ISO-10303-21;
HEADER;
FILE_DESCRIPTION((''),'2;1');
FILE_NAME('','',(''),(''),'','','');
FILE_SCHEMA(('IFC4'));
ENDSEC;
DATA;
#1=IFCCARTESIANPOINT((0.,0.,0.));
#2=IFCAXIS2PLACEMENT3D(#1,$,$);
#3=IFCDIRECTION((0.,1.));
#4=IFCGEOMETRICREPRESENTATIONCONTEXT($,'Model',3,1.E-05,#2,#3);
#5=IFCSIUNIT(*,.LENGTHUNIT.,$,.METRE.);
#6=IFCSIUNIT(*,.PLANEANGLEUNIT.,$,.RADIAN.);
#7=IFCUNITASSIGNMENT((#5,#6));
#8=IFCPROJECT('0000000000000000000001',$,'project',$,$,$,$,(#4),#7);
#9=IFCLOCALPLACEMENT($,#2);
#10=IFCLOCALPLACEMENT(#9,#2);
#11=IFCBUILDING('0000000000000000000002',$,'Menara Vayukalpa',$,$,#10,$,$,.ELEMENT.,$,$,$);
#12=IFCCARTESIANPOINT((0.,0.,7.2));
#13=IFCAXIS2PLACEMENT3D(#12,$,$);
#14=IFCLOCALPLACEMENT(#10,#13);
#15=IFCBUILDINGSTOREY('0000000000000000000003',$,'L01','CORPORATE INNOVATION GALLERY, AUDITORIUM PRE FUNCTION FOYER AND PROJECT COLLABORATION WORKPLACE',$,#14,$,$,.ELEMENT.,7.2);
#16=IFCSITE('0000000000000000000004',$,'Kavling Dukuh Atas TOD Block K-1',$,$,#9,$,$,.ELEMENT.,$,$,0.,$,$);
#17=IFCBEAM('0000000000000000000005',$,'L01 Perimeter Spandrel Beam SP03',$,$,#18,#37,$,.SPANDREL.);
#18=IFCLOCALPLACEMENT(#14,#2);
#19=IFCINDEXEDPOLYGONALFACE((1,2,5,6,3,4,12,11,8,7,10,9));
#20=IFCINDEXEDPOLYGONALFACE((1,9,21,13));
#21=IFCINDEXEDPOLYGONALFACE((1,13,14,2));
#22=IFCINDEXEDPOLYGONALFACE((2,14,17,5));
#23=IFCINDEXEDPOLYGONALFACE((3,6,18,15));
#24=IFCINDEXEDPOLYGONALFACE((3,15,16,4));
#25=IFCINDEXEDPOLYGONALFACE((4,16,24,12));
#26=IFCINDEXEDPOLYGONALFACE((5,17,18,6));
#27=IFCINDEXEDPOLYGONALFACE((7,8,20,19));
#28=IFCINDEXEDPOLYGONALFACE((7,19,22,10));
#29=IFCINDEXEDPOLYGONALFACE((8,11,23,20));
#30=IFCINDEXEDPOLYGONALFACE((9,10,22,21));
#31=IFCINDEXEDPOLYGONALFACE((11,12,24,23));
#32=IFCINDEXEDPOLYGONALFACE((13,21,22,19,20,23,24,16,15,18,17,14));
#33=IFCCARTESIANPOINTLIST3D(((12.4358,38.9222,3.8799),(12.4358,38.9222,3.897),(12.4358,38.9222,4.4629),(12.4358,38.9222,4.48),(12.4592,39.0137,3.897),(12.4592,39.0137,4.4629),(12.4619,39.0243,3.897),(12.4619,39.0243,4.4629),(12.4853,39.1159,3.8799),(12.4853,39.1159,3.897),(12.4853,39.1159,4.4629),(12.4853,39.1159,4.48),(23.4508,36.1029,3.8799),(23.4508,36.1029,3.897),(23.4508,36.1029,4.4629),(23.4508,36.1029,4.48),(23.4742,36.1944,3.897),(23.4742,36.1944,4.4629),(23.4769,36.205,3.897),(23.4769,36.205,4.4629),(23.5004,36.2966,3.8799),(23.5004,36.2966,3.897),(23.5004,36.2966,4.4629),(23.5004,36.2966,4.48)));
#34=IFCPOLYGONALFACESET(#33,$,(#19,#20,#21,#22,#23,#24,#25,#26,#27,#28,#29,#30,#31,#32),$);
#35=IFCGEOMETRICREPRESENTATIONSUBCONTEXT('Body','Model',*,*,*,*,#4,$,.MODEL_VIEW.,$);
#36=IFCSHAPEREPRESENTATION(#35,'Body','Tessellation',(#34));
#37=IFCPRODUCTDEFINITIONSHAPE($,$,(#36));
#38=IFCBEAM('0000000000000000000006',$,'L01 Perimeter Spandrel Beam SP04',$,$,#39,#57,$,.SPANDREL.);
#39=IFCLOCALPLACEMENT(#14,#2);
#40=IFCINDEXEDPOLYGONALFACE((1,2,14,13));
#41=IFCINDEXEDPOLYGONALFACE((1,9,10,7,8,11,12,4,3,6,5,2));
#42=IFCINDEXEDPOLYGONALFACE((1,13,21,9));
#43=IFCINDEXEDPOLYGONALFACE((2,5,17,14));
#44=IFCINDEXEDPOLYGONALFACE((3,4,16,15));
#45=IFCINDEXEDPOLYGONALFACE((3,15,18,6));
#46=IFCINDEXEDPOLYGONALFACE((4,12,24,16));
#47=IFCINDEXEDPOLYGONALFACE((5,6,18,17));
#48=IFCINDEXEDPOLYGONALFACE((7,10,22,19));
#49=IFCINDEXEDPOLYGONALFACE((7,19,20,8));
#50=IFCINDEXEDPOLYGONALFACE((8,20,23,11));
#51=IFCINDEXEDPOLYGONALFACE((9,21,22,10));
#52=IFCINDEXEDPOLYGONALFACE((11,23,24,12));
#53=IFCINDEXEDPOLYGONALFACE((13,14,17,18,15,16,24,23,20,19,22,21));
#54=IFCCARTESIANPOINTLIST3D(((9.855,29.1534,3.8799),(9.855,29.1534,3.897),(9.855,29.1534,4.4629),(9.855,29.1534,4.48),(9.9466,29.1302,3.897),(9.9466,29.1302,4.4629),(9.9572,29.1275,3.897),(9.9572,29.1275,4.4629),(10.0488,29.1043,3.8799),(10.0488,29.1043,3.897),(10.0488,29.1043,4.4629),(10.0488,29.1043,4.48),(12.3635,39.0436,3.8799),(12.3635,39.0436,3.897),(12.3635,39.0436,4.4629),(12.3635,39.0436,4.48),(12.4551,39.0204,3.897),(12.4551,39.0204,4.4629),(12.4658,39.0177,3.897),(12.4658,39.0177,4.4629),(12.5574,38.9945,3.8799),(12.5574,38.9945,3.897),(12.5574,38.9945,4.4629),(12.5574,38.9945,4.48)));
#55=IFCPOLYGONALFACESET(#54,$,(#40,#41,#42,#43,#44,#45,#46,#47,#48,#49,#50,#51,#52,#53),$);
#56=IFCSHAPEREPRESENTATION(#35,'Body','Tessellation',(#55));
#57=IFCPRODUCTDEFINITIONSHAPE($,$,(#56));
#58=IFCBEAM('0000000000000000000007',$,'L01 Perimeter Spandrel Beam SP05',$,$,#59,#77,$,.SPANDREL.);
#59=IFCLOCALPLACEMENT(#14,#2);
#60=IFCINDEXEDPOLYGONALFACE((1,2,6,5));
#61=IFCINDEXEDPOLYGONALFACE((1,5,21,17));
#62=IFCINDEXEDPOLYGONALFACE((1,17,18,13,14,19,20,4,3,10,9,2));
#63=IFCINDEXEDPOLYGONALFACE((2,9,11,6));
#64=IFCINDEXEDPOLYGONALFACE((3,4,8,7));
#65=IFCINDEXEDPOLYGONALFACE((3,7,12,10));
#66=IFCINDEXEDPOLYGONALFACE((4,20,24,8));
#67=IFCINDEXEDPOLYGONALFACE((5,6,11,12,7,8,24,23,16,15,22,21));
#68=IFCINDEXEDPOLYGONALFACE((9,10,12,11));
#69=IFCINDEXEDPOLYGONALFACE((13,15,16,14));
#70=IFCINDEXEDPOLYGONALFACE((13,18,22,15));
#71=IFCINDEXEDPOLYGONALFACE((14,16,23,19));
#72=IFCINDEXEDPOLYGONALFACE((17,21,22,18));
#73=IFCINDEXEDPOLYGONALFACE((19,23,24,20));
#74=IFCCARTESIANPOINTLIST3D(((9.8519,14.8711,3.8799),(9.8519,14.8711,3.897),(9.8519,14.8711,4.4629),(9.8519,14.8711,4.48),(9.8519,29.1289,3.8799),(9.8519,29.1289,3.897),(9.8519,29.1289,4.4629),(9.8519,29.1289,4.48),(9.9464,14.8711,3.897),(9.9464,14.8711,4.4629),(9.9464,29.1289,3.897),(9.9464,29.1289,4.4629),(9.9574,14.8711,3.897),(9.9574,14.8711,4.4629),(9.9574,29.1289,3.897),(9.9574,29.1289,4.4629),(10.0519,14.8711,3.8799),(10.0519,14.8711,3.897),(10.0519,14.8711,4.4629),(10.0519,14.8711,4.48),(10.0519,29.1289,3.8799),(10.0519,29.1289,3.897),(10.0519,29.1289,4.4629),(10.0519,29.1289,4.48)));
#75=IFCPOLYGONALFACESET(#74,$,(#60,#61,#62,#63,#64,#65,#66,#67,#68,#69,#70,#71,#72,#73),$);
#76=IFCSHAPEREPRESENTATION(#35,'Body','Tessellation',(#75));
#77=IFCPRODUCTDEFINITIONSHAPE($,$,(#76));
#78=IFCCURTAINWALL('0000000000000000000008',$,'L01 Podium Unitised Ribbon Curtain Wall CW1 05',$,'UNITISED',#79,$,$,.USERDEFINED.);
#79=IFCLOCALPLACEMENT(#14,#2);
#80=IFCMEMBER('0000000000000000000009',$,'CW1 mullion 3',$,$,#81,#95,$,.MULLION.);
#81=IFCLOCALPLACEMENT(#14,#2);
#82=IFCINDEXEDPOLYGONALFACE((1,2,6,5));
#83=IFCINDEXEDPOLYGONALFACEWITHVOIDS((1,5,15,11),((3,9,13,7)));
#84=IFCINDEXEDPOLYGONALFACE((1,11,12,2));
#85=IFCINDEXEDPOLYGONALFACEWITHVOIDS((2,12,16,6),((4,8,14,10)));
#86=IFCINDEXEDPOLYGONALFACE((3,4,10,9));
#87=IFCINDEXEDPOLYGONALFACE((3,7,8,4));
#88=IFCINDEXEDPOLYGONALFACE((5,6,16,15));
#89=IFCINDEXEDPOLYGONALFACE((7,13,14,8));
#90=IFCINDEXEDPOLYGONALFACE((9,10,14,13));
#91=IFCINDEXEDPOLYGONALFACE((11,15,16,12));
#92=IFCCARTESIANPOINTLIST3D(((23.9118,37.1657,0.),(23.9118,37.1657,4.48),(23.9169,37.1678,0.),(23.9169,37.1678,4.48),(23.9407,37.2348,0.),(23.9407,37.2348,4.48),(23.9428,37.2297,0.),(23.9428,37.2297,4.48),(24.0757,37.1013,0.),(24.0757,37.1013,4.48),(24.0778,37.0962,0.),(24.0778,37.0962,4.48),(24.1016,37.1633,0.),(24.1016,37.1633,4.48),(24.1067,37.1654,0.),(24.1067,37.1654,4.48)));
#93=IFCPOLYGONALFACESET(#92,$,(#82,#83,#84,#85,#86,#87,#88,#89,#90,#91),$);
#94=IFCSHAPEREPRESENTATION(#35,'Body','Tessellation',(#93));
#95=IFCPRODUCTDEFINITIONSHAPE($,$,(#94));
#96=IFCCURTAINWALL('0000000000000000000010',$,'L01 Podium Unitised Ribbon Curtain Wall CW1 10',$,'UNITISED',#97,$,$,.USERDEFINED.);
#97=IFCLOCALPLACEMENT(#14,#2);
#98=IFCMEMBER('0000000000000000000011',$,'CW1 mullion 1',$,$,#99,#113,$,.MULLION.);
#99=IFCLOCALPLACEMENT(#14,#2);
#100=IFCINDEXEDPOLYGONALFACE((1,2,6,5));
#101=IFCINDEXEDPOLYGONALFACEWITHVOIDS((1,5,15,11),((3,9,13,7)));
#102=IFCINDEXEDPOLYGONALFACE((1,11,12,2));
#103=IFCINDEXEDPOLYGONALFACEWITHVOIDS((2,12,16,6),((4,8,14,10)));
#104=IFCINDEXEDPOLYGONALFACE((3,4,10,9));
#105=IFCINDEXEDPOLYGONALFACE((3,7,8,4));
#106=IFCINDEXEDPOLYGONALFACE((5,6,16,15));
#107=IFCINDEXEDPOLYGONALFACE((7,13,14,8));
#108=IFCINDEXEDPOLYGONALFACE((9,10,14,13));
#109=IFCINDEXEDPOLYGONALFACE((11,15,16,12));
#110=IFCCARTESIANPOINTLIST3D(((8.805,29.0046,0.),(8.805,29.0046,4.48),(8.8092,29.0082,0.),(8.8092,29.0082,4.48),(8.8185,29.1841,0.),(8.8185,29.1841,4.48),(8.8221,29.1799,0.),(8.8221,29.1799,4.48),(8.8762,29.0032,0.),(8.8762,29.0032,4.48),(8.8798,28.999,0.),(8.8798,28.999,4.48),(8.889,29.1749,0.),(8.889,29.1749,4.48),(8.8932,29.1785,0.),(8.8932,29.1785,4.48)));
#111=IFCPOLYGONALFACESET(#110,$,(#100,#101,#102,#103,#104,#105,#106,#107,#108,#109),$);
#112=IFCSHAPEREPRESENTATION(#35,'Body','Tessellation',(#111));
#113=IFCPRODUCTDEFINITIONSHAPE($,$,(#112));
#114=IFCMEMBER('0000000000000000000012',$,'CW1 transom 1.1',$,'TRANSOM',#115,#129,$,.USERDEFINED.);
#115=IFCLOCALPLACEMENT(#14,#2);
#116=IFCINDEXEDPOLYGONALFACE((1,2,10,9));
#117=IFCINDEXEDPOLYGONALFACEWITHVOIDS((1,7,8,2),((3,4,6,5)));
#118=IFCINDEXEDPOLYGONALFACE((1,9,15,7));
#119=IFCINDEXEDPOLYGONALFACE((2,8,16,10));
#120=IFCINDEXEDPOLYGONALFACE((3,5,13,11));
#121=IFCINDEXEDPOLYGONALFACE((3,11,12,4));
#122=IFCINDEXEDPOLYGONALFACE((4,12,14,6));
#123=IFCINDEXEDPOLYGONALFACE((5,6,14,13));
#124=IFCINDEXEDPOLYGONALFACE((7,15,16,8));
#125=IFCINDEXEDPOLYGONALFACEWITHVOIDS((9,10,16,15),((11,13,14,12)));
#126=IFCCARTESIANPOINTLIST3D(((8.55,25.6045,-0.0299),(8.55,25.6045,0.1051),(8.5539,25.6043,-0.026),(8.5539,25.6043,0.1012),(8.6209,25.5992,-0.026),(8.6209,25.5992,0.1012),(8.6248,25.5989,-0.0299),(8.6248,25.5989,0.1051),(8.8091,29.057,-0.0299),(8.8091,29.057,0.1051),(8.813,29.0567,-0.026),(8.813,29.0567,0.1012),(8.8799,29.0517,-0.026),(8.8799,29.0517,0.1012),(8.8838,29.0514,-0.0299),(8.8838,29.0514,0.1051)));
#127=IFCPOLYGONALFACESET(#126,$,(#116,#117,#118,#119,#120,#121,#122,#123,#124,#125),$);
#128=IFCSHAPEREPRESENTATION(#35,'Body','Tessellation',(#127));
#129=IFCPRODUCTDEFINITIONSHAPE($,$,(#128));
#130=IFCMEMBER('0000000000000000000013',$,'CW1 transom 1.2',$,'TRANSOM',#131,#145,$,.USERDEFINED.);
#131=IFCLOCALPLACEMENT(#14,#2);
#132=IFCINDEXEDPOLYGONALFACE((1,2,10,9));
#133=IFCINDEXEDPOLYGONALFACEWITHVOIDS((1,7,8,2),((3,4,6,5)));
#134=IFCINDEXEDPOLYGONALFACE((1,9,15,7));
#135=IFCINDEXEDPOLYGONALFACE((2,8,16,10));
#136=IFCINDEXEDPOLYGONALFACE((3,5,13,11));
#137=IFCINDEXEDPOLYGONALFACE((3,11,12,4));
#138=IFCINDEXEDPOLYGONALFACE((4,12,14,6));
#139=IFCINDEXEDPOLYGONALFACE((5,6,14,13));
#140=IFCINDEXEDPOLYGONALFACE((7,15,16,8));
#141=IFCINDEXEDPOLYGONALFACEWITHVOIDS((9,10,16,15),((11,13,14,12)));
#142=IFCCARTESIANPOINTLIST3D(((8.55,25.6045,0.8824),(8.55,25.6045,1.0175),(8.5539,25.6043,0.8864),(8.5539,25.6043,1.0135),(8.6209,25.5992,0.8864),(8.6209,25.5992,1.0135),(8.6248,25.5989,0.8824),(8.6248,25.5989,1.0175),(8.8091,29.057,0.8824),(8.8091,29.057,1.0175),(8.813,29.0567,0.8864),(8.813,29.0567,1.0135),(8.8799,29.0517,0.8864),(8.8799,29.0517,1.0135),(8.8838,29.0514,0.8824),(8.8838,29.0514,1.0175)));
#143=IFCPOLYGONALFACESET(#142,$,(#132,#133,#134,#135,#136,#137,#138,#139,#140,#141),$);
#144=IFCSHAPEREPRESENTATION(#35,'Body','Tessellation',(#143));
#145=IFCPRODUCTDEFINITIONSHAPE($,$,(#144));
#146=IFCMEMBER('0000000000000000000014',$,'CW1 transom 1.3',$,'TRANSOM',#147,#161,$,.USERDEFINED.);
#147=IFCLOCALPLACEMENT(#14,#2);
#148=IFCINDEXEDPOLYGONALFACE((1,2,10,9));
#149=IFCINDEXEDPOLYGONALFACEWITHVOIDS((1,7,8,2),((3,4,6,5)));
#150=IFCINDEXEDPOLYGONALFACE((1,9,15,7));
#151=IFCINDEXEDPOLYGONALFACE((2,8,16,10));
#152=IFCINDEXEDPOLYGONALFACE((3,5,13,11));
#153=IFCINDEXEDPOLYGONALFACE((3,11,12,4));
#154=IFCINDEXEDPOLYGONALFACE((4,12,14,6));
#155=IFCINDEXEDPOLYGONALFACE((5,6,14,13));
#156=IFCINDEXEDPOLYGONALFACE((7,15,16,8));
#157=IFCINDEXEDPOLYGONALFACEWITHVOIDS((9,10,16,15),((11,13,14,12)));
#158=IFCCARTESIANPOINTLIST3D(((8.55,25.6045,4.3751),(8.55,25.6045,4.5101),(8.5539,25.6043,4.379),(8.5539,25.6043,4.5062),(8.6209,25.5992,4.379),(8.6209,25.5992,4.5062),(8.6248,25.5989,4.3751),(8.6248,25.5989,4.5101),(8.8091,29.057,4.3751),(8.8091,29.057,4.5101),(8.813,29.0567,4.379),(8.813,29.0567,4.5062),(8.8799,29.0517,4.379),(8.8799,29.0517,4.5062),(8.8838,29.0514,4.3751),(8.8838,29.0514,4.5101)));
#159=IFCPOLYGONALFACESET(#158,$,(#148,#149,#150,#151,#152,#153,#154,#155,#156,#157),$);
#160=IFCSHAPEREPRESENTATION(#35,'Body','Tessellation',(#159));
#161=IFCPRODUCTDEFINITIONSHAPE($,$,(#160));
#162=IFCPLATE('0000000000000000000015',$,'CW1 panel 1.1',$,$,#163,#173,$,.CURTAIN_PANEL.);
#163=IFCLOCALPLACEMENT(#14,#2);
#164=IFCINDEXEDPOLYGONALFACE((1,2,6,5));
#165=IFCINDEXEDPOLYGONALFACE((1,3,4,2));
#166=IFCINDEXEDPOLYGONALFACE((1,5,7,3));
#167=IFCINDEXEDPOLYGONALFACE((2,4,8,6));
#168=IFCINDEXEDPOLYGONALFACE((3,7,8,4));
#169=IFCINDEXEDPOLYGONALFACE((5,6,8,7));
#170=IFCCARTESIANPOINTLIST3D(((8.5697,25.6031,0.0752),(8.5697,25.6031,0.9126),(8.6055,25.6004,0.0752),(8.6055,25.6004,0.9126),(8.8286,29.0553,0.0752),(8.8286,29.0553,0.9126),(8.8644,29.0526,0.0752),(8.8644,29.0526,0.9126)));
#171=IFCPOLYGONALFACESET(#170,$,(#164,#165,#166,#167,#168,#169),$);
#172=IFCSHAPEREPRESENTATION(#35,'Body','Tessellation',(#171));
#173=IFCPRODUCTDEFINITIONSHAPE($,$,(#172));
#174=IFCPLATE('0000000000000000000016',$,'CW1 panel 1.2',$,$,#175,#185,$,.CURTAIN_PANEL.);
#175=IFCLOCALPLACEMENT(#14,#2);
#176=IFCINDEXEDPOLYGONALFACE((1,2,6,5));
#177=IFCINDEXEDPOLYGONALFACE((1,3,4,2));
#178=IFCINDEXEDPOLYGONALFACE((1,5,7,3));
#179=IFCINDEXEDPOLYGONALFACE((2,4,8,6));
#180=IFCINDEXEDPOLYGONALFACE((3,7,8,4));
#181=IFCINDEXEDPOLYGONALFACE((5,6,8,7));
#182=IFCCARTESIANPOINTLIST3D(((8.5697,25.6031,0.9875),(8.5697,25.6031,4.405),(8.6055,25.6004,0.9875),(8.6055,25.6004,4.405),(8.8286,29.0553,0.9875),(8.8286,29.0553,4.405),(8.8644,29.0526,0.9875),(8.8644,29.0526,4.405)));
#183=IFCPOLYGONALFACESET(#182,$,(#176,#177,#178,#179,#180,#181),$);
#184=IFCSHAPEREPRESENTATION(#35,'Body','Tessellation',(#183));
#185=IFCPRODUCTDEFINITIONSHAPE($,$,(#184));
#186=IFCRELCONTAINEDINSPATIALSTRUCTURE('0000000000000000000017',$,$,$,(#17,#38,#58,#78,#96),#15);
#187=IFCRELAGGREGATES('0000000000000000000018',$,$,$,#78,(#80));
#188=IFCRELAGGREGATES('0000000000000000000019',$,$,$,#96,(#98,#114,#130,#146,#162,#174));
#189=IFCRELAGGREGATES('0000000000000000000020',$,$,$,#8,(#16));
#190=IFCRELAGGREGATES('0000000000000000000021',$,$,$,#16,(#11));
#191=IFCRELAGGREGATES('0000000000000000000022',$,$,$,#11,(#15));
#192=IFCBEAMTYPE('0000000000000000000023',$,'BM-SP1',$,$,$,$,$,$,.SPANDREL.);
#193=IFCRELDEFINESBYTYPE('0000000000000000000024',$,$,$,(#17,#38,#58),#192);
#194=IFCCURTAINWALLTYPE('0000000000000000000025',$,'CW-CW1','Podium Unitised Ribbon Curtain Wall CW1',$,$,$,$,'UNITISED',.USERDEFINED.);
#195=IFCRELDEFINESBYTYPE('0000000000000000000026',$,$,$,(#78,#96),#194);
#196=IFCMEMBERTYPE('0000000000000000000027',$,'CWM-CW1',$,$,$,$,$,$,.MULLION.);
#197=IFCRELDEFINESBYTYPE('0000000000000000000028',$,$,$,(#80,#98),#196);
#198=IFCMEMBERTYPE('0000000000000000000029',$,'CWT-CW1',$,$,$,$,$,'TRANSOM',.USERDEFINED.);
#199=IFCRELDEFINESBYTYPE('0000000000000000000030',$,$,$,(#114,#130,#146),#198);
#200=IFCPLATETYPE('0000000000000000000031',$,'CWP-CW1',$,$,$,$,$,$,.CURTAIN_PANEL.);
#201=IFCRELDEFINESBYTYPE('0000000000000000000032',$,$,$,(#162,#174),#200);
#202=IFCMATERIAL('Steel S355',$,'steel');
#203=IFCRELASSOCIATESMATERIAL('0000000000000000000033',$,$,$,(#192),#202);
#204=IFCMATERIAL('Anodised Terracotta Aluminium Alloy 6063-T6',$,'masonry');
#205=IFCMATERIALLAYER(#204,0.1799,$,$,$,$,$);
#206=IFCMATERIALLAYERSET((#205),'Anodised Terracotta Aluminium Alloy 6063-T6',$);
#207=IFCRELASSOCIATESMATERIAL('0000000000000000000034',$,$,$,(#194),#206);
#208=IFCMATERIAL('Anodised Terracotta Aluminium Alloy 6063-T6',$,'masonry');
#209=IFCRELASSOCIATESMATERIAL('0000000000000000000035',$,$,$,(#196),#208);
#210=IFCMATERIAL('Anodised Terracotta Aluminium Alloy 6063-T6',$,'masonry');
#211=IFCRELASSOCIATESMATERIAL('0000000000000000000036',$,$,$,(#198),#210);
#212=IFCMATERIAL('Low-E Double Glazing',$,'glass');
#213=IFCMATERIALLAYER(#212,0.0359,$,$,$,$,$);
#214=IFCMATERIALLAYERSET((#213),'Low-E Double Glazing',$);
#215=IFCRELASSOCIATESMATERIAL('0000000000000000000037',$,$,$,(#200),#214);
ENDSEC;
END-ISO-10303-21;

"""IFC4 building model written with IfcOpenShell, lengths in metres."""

from ifc_helpers import new_model, si_unit, direction, frame, origin, origin_2d, place, context, subcontext, project, spatial, rectangle, hollow_rectangle, i_section, extrude, material, layer, layer_set, material_profile, profile_set, type_object, element, aggregate, save


model = new_model("IFC4")

# Units and contexts
model_context = context("Model", 3, precision=1e-05, world=origin(), true_north=direction((0.0, 1.0)))
body_context = subcontext(model_context, "Body", "Model", "MODEL_VIEW")
ifc_project = project(units=[si_unit("LENGTHUNIT", "METRE"), si_unit("PLANEANGLEUNIT", "RADIAN")], contexts=[model_context])

# Site, building, storey
site_placement = place(None, origin())
site = spatial("IfcSite", under=ifc_project, at=site_placement, Name="Kavling Dukuh Atas TOD Block K-1", CompositionType="ELEMENT", RefElevation=0.0)
building_placement = place(site_placement, origin())
building = spatial("IfcBuilding", under=site, at=building_placement, Name="Menara Vayukalpa", CompositionType="ELEMENT")
storey_placement = place(building_placement, frame((0.0, 0.0, 7.2)))
storey = spatial("IfcBuildingStorey", under=building, at=storey_placement, Name="L01", Description="CORPORATE INNOVATION GALLERY, AUDITORIUM PRE FUNCTION FOYER AND PROJECT COLLABORATION WORKPLACE", CompositionType="ELEMENT", Elevation=7.2)

# Beams
ifc_material_1 = material(Name="Steel S355", Category="steel")
ifc_material_profile_1 = material_profile(ifc_material_1, i_section(OverallWidth=0.2, OverallDepth=0.6001, WebThickness=0.011, FlangeThickness=0.0171, at=origin_2d()), Name="WF 600x200x11x17")
ifc_profile_set_1 = profile_set([ifc_material_profile_1], Name="Steel S355")
beam_type_1 = type_object("IfcBeamType", Name="BM-SP1", PredefinedType="SPANDREL", material=ifc_profile_set_1)
beam_1_placement = place(storey_placement, frame((23.4756, 36.1997, 4.1799), z_axis=(-0.968771, 0.247958, 0.0), x_axis=(-0.247958, -0.968771, 0.0)))
element("IfcBeam", 1, at=beam_1_placement, inside=storey, type_object=beam_type_1, Name="L01 Perimeter Spandrel Beam SP03", PredefinedType="SPANDREL", context=body_context, shape_type="SweptSolid", body=[
    extrude(i_section(OverallWidth=0.2, OverallDepth=0.6001, WebThickness=0.011, FlangeThickness=0.0171, at=origin_2d()), origin(), (0.0, 0.0, 1.0), 11.3701),
])
beam_2_placement = place(storey_placement, frame((12.4604, 39.019, 4.1799), z_axis=(-0.245856, -0.969306, 0.0), x_axis=(0.969306, -0.245856, 0.0)))
element("IfcBeam", 2, at=beam_2_placement, inside=storey, type_object=beam_type_1, Name="L01 Perimeter Spandrel Beam SP04", PredefinedType="SPANDREL", context=body_context, shape_type="SweptSolid", body=[
    extrude(i_section(OverallWidth=0.2, OverallDepth=0.6001, WebThickness=0.011, FlangeThickness=0.0171, at=origin_2d()), origin(), (0.0, 0.0, 1.0), 10.2034),
])
beam_3_placement = place(storey_placement, frame((9.9519, 29.1289, 4.1799), z_axis=(0.0, -1.0, 0.0), x_axis=(1.0, 0.0, 0.0)))
element("IfcBeam", 3, at=beam_3_placement, inside=storey, type_object=beam_type_1, Name="L01 Perimeter Spandrel Beam SP05", PredefinedType="SPANDREL", context=body_context, shape_type="SweptSolid", body=[
    extrude(i_section(OverallWidth=0.2, OverallDepth=0.6001, WebThickness=0.011, FlangeThickness=0.0171, at=origin_2d()), origin(), (0.0, 0.0, 1.0), 14.2578),
])

# Curtain wall, member
ifc_material_2 = material(Name="Anodised Terracotta Aluminium Alloy 6063-T6", Category="masonry")
ifc_layer_1 = layer(ifc_material_2, 0.1799)
ifc_layer_set_1 = layer_set([ifc_layer_1], Name="Anodised Terracotta Aluminium Alloy 6063-T6")
curtain_wall_type = type_object("IfcCurtainWallType", Name="CW-CW1", Description="Podium Unitised Ribbon Curtain Wall CW1", ElementType="UNITISED", PredefinedType="USERDEFINED", material=ifc_layer_set_1)
curtain_wall_1_placement = place(storey_placement, origin())
curtain_wall_1 = element("IfcCurtainWall", 4, at=curtain_wall_1_placement, inside=storey, type_object=curtain_wall_type, Name="L01 Podium Unitised Ribbon Curtain Wall CW1 05", ObjectType="UNITISED", PredefinedType="USERDEFINED")
ifc_material_3 = material(Name="Anodised Terracotta Aluminium Alloy 6063-T6", Category="masonry")
ifc_material_profile_2 = material_profile(ifc_material_3, hollow_rectangle(XDim=0.075, YDim=0.1799, WallThickness=0.0039, at=origin_2d()), Name="ALU 75x180x4")
ifc_profile_set_2 = profile_set([ifc_material_profile_2], Name="Anodised Terracotta Aluminium Alloy 6063-T6")
member_type_1 = type_object("IfcMemberType", Name="CWM-CW1", PredefinedType="MULLION", material=ifc_profile_set_2)
member_1_placement = place(storey_placement, frame((24.0093, 37.1655, 0.0), z_axis=(0.0, 0.0, 1.0), x_axis=(-0.385891, -0.922545, 0.0)))
member_1 = element("IfcMember", 5, at=member_1_placement, type_object=member_type_1, Name="CW1 mullion 3", PredefinedType="MULLION", context=body_context, shape_type="SweptSolid", body=[
    extrude(hollow_rectangle(XDim=0.075, YDim=0.1799, WallThickness=0.0039, at=origin_2d()), origin(), (0.0, 0.0, 1.0), 4.48),
])
aggregate(curtain_wall_1, [member_1])

# Curtain wall, members, plates
curtain_wall_2_placement = place(storey_placement, origin())
curtain_wall_2 = element("IfcCurtainWall", 6, at=curtain_wall_2_placement, inside=storey, type_object=curtain_wall_type, Name="L01 Podium Unitised Ribbon Curtain Wall CW1 10", ObjectType="UNITISED", PredefinedType="USERDEFINED")
member_2_placement = place(storey_placement, frame((8.8491, 29.0916, 0.0), z_axis=(0.0, 0.0, 1.0), x_axis=(0.997199, -0.074794, 0.0)))
member_2 = element("IfcMember", 7, at=member_2_placement, type_object=member_type_1, Name="CW1 mullion 1", PredefinedType="MULLION", context=body_context, shape_type="SweptSolid", body=[
    extrude(hollow_rectangle(XDim=0.075, YDim=0.1799, WallThickness=0.0039, at=origin_2d()), origin(), (0.0, 0.0, 1.0), 4.48),
])
ifc_material_4 = material(Name="Anodised Terracotta Aluminium Alloy 6063-T6", Category="masonry")
ifc_material_profile_3 = material_profile(ifc_material_4, hollow_rectangle(XDim=0.075, YDim=0.135, WallThickness=0.0039, at=origin_2d()), Name="ALU 75x135x4")
ifc_profile_set_3 = profile_set([ifc_material_profile_3], Name="Anodised Terracotta Aluminium Alloy 6063-T6")
member_type_2 = type_object("IfcMemberType", Name="CWT-CW1", ElementType="TRANSOM", PredefinedType="USERDEFINED", material=ifc_profile_set_3)
member_3_placement = place(storey_placement, frame((8.8464, 29.0542, 0.0376), z_axis=(-0.07482, -0.997197, 0.0), x_axis=(0.997197, -0.07482, 0.0)))
member_3 = element("IfcMember", 8, at=member_3_placement, type_object=member_type_2, Name="CW1 transom 1.1", ObjectType="TRANSOM", PredefinedType="USERDEFINED", context=body_context, shape_type="SweptSolid", body=[
    extrude(hollow_rectangle(XDim=0.075, YDim=0.135, WallThickness=0.0039, at=origin_2d()), origin(), (0.0, 0.0, 1.0), 3.4622),
])
member_4_placement = place(storey_placement, frame((8.8464, 29.0542, 0.95), z_axis=(-0.07482, -0.997197, 0.0), x_axis=(0.997197, -0.07482, 0.0)))
member_4 = element("IfcMember", 9, at=member_4_placement, type_object=member_type_2, Name="CW1 transom 1.2", ObjectType="TRANSOM", PredefinedType="USERDEFINED", context=body_context, shape_type="SweptSolid", body=[
    extrude(hollow_rectangle(XDim=0.075, YDim=0.135, WallThickness=0.0039, at=origin_2d()), origin(), (0.0, 0.0, 1.0), 3.4622),
])
member_5_placement = place(storey_placement, frame((8.8464, 29.0542, 4.4426), z_axis=(-0.07482, -0.997197, 0.0), x_axis=(0.997197, -0.07482, 0.0)))
member_5 = element("IfcMember", 10, at=member_5_placement, type_object=member_type_2, Name="CW1 transom 1.3", ObjectType="TRANSOM", PredefinedType="USERDEFINED", context=body_context, shape_type="SweptSolid", body=[
    extrude(hollow_rectangle(XDim=0.075, YDim=0.135, WallThickness=0.0039, at=origin_2d()), origin(), (0.0, 0.0, 1.0), 3.4622),
])
ifc_material_5 = material(Name="Low-E Double Glazing", Category="glass")
ifc_layer_2 = layer(ifc_material_5, 0.0359)
ifc_layer_set_2 = layer_set([ifc_layer_2], Name="Low-E Double Glazing")
plate_type = type_object("IfcPlateType", Name="CWP-CW1", PredefinedType="CURTAIN_PANEL", material=ifc_layer_set_2)
plate_1_placement = place(storey_placement, frame((8.717, 27.3279, 0.0752), z_axis=(0.0, 0.0, 1.0), x_axis=(-0.074794, -0.997199, 0.0)))
plate_1 = element("IfcPlate", 11, at=plate_1_placement, type_object=plate_type, Name="CW1 panel 1.1", PredefinedType="CURTAIN_PANEL", context=body_context, shape_type="SweptSolid", body=[
    extrude(rectangle(XDim=3.4619, YDim=0.0359, at=origin_2d()), origin(), (0.0, 0.0, 1.0), 0.8374),
])
plate_2_placement = place(storey_placement, frame((8.717, 27.3279, 0.9875), z_axis=(0.0, 0.0, 1.0), x_axis=(-0.074794, -0.997199, 0.0)))
plate_2 = element("IfcPlate", 12, at=plate_2_placement, type_object=plate_type, Name="CW1 panel 1.2", PredefinedType="CURTAIN_PANEL", context=body_context, shape_type="SweptSolid", body=[
    extrude(rectangle(XDim=3.4619, YDim=0.0359, at=origin_2d()), origin(), (0.0, 0.0, 1.0), 3.4175),
])
aggregate(curtain_wall_2, [member_2, member_3, member_4, member_5, plate_1, plate_2])

save(model, "model.ifc")
